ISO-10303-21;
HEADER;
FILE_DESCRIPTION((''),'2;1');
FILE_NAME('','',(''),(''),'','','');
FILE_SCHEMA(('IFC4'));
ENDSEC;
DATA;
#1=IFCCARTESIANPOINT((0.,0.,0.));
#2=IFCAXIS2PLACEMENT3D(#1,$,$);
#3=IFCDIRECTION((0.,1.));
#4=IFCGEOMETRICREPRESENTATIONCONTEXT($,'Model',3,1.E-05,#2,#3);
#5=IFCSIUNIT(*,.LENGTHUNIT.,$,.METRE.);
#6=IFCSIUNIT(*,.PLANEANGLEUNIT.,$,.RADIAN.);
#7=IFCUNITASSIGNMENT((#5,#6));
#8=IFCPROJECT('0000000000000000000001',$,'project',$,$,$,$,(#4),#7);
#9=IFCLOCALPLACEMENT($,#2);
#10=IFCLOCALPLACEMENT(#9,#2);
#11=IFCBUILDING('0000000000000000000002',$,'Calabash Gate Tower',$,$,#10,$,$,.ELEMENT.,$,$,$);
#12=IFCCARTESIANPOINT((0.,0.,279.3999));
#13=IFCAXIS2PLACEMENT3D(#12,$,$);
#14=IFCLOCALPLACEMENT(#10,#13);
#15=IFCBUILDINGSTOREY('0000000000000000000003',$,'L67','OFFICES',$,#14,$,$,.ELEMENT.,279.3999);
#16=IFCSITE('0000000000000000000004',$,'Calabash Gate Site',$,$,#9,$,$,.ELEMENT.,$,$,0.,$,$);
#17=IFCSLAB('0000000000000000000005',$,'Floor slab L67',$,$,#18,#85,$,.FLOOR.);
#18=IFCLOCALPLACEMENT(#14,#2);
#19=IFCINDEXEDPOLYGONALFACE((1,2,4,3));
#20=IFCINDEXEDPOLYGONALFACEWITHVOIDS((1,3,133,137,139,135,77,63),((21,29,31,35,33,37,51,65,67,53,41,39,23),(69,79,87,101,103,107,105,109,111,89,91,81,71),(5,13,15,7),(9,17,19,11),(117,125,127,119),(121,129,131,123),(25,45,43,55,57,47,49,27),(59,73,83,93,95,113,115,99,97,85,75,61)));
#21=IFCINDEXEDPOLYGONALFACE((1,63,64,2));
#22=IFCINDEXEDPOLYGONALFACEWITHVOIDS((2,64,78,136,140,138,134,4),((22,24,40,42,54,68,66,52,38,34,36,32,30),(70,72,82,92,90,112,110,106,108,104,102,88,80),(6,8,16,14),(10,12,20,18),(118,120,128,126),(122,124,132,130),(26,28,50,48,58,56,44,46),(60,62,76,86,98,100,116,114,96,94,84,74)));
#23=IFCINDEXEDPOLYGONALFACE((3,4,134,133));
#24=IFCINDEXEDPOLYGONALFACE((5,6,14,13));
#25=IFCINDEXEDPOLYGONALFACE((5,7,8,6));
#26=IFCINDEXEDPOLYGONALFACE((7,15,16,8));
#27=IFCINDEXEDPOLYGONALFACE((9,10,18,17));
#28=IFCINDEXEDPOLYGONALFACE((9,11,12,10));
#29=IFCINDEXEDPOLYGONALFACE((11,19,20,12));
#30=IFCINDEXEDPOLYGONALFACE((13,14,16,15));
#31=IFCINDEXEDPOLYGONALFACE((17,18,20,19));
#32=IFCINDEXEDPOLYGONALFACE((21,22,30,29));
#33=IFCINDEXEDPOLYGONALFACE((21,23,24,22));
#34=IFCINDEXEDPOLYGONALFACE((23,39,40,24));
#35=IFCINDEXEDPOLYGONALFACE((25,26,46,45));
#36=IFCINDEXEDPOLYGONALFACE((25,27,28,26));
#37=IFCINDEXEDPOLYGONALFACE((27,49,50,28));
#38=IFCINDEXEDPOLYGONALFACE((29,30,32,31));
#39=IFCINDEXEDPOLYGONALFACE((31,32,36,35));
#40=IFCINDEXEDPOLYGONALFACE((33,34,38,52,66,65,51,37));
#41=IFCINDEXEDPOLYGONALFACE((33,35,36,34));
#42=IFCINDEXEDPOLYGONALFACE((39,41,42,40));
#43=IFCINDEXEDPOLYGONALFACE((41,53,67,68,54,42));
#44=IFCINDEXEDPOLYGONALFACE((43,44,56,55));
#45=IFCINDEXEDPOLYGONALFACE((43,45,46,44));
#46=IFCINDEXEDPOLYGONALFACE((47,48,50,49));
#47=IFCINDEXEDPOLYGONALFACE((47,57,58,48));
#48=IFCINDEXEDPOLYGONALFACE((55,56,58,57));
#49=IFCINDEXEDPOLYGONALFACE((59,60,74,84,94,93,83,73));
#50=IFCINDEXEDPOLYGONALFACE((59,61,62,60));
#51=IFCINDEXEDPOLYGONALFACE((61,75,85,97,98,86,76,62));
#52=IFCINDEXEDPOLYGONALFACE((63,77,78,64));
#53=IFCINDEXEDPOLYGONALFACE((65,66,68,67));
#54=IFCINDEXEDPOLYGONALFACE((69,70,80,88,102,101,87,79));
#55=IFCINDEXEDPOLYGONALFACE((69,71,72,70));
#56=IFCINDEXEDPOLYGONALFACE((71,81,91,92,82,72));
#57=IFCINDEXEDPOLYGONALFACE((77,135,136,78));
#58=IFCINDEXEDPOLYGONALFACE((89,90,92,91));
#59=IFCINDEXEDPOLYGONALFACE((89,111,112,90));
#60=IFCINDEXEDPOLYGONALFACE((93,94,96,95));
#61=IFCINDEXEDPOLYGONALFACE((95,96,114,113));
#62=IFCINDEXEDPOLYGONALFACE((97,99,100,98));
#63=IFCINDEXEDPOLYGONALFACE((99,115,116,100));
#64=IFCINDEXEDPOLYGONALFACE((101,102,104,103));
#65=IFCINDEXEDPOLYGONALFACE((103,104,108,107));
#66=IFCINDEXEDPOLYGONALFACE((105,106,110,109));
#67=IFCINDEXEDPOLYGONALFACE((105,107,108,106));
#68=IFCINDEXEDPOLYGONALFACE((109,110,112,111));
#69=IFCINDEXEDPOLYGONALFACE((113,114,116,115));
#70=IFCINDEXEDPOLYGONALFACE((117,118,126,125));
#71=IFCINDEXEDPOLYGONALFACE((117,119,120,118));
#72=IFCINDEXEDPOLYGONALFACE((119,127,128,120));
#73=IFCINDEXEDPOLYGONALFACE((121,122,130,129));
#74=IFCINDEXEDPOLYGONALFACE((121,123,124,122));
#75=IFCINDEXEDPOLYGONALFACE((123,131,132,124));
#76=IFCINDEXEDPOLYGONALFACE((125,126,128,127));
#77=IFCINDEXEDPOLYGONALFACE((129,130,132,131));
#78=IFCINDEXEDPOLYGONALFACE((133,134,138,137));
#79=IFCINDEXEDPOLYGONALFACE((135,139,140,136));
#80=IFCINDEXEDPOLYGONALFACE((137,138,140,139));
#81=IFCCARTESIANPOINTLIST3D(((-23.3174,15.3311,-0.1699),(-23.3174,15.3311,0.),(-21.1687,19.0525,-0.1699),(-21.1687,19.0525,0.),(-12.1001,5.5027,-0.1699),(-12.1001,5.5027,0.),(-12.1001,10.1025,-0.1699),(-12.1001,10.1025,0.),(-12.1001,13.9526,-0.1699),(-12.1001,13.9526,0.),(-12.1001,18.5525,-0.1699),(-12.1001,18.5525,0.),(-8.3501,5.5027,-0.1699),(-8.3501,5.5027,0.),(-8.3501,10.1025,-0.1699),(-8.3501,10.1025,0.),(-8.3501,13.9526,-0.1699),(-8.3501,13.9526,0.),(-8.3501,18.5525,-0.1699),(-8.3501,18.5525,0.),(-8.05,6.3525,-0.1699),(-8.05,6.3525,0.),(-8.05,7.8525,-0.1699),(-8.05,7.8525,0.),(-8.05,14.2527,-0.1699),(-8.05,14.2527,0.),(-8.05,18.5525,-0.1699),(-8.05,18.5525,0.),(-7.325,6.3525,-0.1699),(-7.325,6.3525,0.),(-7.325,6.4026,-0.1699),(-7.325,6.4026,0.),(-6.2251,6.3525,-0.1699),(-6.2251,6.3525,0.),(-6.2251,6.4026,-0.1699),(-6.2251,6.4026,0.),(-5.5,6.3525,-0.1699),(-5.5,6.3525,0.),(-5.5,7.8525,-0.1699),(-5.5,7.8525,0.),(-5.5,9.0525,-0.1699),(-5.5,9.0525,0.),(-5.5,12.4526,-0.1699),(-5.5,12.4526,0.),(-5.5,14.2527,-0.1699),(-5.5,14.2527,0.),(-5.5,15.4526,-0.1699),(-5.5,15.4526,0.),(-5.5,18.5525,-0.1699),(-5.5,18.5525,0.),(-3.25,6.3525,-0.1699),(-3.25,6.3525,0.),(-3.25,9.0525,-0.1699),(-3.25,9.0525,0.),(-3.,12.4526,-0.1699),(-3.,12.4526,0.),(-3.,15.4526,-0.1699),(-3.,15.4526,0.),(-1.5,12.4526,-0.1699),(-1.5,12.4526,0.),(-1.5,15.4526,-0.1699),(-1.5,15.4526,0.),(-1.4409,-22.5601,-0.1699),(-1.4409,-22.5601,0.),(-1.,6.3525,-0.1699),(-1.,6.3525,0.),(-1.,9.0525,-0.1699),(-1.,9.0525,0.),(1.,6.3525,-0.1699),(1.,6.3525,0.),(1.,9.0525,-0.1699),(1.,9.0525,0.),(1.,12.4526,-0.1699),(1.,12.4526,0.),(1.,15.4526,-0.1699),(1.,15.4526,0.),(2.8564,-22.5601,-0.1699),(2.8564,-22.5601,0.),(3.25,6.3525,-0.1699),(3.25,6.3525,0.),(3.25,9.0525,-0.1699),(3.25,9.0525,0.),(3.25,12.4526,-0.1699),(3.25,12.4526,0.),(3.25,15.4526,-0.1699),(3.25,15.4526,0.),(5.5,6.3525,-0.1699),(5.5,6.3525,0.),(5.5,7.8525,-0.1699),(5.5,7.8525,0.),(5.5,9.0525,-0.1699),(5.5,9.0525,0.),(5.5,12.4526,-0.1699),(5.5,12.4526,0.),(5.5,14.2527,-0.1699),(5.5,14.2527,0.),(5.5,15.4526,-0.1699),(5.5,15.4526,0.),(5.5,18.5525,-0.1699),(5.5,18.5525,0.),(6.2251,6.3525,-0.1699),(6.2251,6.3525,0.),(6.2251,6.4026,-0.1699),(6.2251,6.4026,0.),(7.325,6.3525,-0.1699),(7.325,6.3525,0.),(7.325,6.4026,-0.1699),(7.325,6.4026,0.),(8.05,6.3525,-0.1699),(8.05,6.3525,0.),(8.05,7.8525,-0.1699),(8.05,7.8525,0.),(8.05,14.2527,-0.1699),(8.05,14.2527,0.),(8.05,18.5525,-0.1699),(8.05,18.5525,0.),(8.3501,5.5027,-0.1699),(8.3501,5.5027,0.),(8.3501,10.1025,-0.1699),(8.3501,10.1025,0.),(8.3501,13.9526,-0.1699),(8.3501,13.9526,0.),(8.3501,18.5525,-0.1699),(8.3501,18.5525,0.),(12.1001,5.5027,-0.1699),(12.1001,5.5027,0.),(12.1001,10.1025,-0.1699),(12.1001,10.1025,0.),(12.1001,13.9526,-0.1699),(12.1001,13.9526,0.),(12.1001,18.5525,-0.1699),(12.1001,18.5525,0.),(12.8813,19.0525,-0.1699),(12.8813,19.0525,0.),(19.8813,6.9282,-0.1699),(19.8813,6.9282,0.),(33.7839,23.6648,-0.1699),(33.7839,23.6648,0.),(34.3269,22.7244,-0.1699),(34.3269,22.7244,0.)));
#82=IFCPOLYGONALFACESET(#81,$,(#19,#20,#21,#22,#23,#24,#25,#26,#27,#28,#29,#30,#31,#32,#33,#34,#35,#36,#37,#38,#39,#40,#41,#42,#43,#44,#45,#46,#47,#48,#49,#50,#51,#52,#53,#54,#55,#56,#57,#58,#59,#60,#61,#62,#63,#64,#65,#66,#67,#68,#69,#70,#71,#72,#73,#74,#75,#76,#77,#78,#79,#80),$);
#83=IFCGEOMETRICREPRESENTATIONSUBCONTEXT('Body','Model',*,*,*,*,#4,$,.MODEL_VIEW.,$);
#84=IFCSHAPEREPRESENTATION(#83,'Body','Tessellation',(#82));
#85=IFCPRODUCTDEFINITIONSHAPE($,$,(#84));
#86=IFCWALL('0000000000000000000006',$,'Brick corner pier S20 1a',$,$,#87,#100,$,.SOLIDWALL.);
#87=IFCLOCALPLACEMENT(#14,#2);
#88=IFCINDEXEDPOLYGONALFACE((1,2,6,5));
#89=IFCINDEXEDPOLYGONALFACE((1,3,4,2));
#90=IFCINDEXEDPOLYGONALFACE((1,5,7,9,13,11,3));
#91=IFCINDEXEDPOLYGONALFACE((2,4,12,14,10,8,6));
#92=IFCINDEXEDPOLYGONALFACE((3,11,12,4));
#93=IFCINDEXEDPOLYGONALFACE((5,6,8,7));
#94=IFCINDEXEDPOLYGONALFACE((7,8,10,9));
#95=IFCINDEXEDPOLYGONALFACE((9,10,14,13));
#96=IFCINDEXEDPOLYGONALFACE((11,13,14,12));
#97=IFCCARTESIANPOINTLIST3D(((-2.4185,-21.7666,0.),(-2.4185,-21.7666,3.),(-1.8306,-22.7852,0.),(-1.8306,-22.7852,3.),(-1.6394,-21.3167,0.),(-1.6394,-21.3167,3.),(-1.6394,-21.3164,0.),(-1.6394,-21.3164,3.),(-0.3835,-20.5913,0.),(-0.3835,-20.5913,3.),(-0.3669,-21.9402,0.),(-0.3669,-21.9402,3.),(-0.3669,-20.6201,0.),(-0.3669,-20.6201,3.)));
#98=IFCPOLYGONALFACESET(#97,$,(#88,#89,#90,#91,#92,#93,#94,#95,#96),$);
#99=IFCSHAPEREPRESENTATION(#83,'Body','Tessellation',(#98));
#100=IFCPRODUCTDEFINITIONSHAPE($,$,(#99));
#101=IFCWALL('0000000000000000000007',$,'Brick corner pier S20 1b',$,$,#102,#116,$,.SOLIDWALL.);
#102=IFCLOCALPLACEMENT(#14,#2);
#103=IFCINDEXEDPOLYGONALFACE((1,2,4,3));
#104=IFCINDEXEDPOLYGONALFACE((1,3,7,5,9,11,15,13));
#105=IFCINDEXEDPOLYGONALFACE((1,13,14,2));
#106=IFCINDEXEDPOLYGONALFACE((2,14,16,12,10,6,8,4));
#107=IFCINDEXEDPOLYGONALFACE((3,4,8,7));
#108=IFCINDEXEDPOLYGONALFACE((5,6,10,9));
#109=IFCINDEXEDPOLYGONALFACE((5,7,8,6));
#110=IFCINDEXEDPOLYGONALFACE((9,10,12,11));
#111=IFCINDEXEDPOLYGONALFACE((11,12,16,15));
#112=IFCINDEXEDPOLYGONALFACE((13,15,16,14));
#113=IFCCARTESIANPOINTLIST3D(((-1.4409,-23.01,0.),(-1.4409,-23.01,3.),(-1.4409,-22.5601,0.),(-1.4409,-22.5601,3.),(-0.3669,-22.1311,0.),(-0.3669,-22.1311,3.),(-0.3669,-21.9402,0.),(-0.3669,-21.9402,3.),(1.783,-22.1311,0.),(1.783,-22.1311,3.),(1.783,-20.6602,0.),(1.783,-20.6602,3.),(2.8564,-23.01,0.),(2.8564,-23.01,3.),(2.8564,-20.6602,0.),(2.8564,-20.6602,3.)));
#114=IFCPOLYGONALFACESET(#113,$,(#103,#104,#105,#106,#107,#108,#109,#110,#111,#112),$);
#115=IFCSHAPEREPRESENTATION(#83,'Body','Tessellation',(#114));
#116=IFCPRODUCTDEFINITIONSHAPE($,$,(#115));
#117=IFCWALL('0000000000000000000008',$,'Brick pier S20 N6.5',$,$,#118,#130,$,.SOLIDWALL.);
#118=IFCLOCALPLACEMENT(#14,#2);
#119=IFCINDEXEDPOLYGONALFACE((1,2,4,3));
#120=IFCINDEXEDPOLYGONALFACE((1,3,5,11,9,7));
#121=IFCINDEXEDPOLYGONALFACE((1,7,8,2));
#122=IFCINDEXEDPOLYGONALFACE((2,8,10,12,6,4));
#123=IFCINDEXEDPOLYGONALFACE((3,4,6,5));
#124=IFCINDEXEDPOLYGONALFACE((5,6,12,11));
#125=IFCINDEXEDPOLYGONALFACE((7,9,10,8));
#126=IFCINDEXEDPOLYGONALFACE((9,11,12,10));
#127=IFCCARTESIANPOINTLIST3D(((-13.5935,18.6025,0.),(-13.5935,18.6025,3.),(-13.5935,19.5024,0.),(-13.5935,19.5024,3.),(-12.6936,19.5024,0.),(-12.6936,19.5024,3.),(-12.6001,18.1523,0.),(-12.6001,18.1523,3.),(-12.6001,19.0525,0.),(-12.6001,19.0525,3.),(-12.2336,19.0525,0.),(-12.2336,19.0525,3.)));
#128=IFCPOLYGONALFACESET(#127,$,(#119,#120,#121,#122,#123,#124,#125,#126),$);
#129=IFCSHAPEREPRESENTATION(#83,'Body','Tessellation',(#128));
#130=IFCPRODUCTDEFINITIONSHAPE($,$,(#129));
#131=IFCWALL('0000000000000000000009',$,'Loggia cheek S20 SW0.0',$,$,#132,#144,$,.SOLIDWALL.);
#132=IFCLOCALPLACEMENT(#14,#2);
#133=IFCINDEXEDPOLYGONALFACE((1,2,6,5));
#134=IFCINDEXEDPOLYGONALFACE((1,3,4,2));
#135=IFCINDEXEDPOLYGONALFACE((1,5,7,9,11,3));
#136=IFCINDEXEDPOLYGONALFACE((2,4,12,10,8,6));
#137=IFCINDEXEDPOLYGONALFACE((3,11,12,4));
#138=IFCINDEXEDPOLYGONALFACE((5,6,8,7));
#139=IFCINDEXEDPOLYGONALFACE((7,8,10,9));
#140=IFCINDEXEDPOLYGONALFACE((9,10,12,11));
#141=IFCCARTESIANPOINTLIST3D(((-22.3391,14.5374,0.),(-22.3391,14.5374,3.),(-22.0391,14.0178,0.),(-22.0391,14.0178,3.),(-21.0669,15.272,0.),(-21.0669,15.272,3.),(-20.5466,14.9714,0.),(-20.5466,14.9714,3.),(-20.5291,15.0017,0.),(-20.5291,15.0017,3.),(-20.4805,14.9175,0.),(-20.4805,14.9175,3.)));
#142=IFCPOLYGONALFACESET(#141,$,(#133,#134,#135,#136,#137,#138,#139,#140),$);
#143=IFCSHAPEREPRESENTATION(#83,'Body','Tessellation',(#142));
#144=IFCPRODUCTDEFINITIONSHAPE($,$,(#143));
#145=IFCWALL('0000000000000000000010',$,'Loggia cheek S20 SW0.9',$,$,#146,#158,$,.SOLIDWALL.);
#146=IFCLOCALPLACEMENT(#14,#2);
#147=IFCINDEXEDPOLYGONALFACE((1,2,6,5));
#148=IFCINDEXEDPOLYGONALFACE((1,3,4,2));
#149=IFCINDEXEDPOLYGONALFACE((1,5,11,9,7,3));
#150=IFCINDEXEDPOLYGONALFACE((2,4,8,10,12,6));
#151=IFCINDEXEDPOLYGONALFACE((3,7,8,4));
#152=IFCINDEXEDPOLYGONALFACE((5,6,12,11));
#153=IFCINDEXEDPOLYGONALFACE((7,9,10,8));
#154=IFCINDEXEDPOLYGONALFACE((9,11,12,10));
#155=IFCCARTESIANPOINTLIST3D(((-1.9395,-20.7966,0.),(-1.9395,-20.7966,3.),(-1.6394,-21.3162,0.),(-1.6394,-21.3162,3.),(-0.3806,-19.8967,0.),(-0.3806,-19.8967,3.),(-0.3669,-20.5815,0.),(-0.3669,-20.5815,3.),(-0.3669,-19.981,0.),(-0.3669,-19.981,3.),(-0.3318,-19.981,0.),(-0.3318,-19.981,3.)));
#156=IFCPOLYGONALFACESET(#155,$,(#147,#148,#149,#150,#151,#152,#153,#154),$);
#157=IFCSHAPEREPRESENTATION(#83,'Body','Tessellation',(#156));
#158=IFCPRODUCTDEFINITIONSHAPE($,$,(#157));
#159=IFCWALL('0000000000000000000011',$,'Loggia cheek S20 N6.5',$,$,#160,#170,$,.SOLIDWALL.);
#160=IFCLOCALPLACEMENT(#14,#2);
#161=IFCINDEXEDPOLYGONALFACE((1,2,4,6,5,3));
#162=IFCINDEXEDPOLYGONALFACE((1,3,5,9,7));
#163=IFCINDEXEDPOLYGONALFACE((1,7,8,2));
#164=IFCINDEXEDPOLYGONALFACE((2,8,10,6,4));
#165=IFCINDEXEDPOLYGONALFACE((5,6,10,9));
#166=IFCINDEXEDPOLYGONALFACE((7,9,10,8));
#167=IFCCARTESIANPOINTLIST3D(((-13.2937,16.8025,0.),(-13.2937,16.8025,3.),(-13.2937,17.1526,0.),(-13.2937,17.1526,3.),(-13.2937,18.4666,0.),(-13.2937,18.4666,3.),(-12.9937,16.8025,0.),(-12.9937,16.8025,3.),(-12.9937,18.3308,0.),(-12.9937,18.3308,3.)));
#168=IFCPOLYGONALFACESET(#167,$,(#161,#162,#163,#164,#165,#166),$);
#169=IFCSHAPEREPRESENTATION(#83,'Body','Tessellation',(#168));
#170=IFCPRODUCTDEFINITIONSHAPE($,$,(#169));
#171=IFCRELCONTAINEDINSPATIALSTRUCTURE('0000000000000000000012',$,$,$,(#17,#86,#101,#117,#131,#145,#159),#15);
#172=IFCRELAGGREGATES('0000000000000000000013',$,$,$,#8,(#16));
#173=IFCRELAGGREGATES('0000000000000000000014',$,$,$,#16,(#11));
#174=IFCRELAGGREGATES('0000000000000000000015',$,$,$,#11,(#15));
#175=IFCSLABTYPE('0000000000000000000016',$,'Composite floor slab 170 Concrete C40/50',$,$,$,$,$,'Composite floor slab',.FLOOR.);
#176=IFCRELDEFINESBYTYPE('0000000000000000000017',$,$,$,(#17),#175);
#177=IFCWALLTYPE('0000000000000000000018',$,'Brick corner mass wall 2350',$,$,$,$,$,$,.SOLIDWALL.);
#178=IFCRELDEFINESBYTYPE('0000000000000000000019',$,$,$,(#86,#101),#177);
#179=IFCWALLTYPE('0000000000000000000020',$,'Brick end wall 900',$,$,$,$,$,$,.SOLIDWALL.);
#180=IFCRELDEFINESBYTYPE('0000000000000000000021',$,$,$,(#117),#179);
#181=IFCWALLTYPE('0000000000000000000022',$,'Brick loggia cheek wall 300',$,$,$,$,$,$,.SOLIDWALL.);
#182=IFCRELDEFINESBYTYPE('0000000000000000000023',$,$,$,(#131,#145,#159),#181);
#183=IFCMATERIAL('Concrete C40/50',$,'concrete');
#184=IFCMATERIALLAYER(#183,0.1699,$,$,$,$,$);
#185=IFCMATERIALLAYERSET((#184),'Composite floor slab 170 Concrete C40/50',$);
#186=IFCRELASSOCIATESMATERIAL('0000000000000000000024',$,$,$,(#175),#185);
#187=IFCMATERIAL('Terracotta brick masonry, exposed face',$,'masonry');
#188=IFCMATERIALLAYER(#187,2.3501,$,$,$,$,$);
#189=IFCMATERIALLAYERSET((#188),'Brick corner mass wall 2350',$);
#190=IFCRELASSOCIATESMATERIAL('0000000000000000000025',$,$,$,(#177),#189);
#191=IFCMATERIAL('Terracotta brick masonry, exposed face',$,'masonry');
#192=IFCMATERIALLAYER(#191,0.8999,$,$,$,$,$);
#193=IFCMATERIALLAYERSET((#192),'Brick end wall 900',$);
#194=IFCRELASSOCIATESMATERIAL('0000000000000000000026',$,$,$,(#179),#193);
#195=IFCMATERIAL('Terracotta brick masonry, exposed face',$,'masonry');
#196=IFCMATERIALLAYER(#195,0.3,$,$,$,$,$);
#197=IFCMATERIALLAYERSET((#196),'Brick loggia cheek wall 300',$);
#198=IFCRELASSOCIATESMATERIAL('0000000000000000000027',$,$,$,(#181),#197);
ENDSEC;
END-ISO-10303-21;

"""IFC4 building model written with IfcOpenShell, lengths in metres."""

from ifc_helpers import new_model, si_unit, direction, frame, origin, place, context, subcontext, project, spatial, polyline, outline, extrude, material, layer, layer_set, type_object, element, save


model = new_model("IFC4")

# Units and contexts
model_context = context("Model", 3, precision=1e-05, world=origin(), true_north=direction((0.0, 1.0)))
body_context = subcontext(model_context, "Body", "Model", "MODEL_VIEW")
ifc_project = project(units=[si_unit("LENGTHUNIT", "METRE"), si_unit("PLANEANGLEUNIT", "RADIAN")], contexts=[model_context])

# Site, building, storey
site_placement = place(None, origin())
site = spatial("IfcSite", under=ifc_project, at=site_placement, Name="Calabash Gate Site", CompositionType="ELEMENT", RefElevation=0.0)
building_placement = place(site_placement, origin())
building = spatial("IfcBuilding", under=site, at=building_placement, Name="Calabash Gate Tower", CompositionType="ELEMENT")
storey_placement = place(building_placement, frame((0.0, 0.0, 279.3999)))
storey = spatial("IfcBuildingStorey", under=building, at=storey_placement, Name="L67", Description="OFFICES", CompositionType="ELEMENT", Elevation=279.3999)

# Slab
ifc_material_1 = material(Name="Concrete C40/50", Category="concrete")
ifc_layer_1 = layer(ifc_material_1, 0.1699)
ifc_layer_set_1 = layer_set([ifc_layer_1], Name="Composite floor slab 170 Concrete C40/50")
slab_type = type_object("IfcSlabType", Name="Composite floor slab 170 Concrete C40/50", ElementType="Composite floor slab", PredefinedType="FLOOR", material=ifc_layer_set_1)
slab_placement = place(storey_placement, frame((0.0, 0.0, -0.1699)))
element("IfcSlab", 1, at=slab_placement, inside=storey, type_object=slab_type, Name="Floor slab L67", PredefinedType="FLOOR", context=body_context, shape_type="SweptSolid", body=[
    extrude(outline(polyline([(-23.3174, 15.3311), (-21.1687, 19.0525), (12.8813, 19.0525), (33.7839, 23.6648), (34.3269, 22.7244), (19.8813, 6.9282), (2.8564, -22.5601), (-1.4409, -22.5601), (-23.3174, 15.3311)]), holes=[polyline([(-1.0, 9.0525), (-3.25, 9.0525), (-5.5, 9.0525), (-5.5, 7.8525), (-8.05, 7.8525), (-8.05, 6.3525), (-7.325, 6.3525), (-7.325, 6.4026), (-6.2251, 6.4026), (-6.2251, 6.3525), (-5.5, 6.3525), (-3.25, 6.3525), (-1.0, 6.3525), (-1.0, 9.0525)]), polyline([(3.25, 6.3525), (5.5, 6.3525), (6.2251, 6.3525), (6.2251, 6.4026), (7.325, 6.4026), (7.325, 6.3525), (8.05, 6.3525), (8.05, 7.8525), (5.5, 7.8525), (5.5, 9.0525), (3.25, 9.0525), (1.0, 9.0525), (1.0, 6.3525), (3.25, 6.3525)]), polyline([(-5.5, 14.2527), (-5.5, 12.4526), (-3.0, 12.4526), (-3.0, 15.4526), (-5.5, 15.4526), (-5.5, 18.5525), (-8.05, 18.5525), (-8.05, 14.2527), (-5.5, 14.2527)]), polyline([(1.0, 15.4526), (-1.5, 15.4526), (-1.5, 12.4526), (1.0, 12.4526), (3.25, 12.4526), (5.5, 12.4526), (5.5, 14.2527), (8.05, 14.2527), (8.05, 18.5525), (5.5, 18.5525), (5.5, 15.4526), (3.25, 15.4526), (1.0, 15.4526)]), polyline([(-8.3501, 18.5525), (-12.1001, 18.5525), (-12.1001, 13.9526), (-8.3501, 13.9526), (-8.3501, 18.5525)]), polyline([(-12.1001, 10.1025), (-12.1001, 5.5027), (-8.3501, 5.5027), (-8.3501, 10.1025), (-12.1001, 10.1025)]), polyline([(8.3501, 13.9526), (12.1001, 13.9526), (12.1001, 18.5525), (8.3501, 18.5525), (8.3501, 13.9526)]), polyline([(12.1001, 5.5027), (12.1001, 10.1025), (8.3501, 10.1025), (8.3501, 5.5027), (12.1001, 5.5027)])]), origin(), (0.0, 0.0, 1.0), 0.1699),
])

# Walls
ifc_material_2 = material(Name="Terracotta brick masonry, exposed face", Category="masonry")
ifc_layer_2 = layer(ifc_material_2, 2.3501)
ifc_layer_set_2 = layer_set([ifc_layer_2], Name="Brick corner mass wall 2350")
wall_type_1 = type_object("IfcWallType", Name="Brick corner mass wall 2350", PredefinedType="SOLIDWALL", material=ifc_layer_set_2)
wall_1_placement = place(storey_placement, origin())
element("IfcWall", 2, at=wall_1_placement, inside=storey, type_object=wall_type_1, Name="Brick corner pier S20 1a", PredefinedType="SOLIDWALL", context=body_context, shape_type="SweptSolid", body=[
    extrude(outline(polyline([(-0.3669, -20.6201), (-0.3835, -20.5913), (-1.6394, -21.3164), (-1.6394, -21.3167), (-2.4185, -21.7666), (-1.8306, -22.7852), (-0.3669, -21.9402), (-0.3669, -20.6201)])), origin(), (0.0, 0.0, 1.0), 3.0),
])
wall_2_placement = place(storey_placement, origin())
element("IfcWall", 3, at=wall_2_placement, inside=storey, type_object=wall_type_1, Name="Brick corner pier S20 1b", PredefinedType="SOLIDWALL", context=body_context, shape_type="SweptSolid", body=[
    extrude(outline(polyline([(-0.3669, -22.1311), (-0.3669, -21.9402), (-1.4409, -22.5601), (-1.4409, -23.01), (2.8564, -23.01), (2.8564, -20.6602), (1.783, -20.6602), (1.783, -22.1311), (-0.3669, -22.1311)])), origin(), (0.0, 0.0, 1.0), 3.0),
])
ifc_material_3 = material(Name="Terracotta brick masonry, exposed face", Category="masonry")
ifc_layer_3 = layer(ifc_material_3, 0.8999)
ifc_layer_set_3 = layer_set([ifc_layer_3], Name="Brick end wall 900")
wall_type_2 = type_object("IfcWallType", Name="Brick end wall 900", PredefinedType="SOLIDWALL", material=ifc_layer_set_3)
wall_3_placement = place(storey_placement, origin())
element("IfcWall", 4, at=wall_3_placement, inside=storey, type_object=wall_type_2, Name="Brick pier S20 N6.5", PredefinedType="SOLIDWALL", context=body_context, shape_type="SweptSolid", body=[
    extrude(outline(polyline([(-12.2336, 19.0525), (-12.6936, 19.5024), (-13.5935, 19.5024), (-13.5935, 18.6025), (-12.6001, 18.1523), (-12.6001, 19.0525), (-12.2336, 19.0525)])), origin(), (0.0, 0.0, 1.0), 3.0),
])
ifc_material_4 = material(Name="Terracotta brick masonry, exposed face", Category="masonry")
ifc_layer_4 = layer(ifc_material_4, 0.3)
ifc_layer_set_4 = layer_set([ifc_layer_4], Name="Brick loggia cheek wall 300")
wall_type_3 = type_object("IfcWallType", Name="Brick loggia cheek wall 300", PredefinedType="SOLIDWALL", material=ifc_layer_set_4)
wall_4_placement = place(storey_placement, origin())
element("IfcWall", 5, at=wall_4_placement, inside=storey, type_object=wall_type_3, Name="Loggia cheek S20 SW0.0", PredefinedType="SOLIDWALL", context=body_context, shape_type="SweptSolid", body=[
    extrude(outline(polyline([(-21.0669, 15.272), (-22.3391, 14.5374), (-22.0391, 14.0178), (-20.4805, 14.9175), (-20.5291, 15.0017), (-20.5466, 14.9714), (-21.0669, 15.272)])), origin(), (0.0, 0.0, 1.0), 3.0),
])
wall_5_placement = place(storey_placement, origin())
element("IfcWall", 6, at=wall_5_placement, inside=storey, type_object=wall_type_3, Name="Loggia cheek S20 SW0.9", PredefinedType="SOLIDWALL", context=body_context, shape_type="SweptSolid", body=[
    extrude(outline(polyline([(-1.6394, -21.3162), (-0.3669, -20.5815), (-0.3669, -19.981), (-0.3318, -19.981), (-0.3806, -19.8967), (-1.9395, -20.7966), (-1.6394, -21.3162)])), origin(), (0.0, 0.0, 1.0), 3.0),
])
wall_6_placement = place(storey_placement, origin())
element("IfcWall", 7, at=wall_6_placement, inside=storey, type_object=wall_type_3, Name="Loggia cheek S20 N6.5", PredefinedType="SOLIDWALL", context=body_context, shape_type="SweptSolid", body=[
    extrude(outline(polyline([(-13.2937, 16.8025), (-12.9937, 16.8025), (-12.9937, 18.3308), (-13.2937, 18.4666), (-13.2937, 17.1526), (-13.2937, 16.8025)])), origin(), (0.0, 0.0, 1.0), 3.0),
])

save(model, "model.ifc")
